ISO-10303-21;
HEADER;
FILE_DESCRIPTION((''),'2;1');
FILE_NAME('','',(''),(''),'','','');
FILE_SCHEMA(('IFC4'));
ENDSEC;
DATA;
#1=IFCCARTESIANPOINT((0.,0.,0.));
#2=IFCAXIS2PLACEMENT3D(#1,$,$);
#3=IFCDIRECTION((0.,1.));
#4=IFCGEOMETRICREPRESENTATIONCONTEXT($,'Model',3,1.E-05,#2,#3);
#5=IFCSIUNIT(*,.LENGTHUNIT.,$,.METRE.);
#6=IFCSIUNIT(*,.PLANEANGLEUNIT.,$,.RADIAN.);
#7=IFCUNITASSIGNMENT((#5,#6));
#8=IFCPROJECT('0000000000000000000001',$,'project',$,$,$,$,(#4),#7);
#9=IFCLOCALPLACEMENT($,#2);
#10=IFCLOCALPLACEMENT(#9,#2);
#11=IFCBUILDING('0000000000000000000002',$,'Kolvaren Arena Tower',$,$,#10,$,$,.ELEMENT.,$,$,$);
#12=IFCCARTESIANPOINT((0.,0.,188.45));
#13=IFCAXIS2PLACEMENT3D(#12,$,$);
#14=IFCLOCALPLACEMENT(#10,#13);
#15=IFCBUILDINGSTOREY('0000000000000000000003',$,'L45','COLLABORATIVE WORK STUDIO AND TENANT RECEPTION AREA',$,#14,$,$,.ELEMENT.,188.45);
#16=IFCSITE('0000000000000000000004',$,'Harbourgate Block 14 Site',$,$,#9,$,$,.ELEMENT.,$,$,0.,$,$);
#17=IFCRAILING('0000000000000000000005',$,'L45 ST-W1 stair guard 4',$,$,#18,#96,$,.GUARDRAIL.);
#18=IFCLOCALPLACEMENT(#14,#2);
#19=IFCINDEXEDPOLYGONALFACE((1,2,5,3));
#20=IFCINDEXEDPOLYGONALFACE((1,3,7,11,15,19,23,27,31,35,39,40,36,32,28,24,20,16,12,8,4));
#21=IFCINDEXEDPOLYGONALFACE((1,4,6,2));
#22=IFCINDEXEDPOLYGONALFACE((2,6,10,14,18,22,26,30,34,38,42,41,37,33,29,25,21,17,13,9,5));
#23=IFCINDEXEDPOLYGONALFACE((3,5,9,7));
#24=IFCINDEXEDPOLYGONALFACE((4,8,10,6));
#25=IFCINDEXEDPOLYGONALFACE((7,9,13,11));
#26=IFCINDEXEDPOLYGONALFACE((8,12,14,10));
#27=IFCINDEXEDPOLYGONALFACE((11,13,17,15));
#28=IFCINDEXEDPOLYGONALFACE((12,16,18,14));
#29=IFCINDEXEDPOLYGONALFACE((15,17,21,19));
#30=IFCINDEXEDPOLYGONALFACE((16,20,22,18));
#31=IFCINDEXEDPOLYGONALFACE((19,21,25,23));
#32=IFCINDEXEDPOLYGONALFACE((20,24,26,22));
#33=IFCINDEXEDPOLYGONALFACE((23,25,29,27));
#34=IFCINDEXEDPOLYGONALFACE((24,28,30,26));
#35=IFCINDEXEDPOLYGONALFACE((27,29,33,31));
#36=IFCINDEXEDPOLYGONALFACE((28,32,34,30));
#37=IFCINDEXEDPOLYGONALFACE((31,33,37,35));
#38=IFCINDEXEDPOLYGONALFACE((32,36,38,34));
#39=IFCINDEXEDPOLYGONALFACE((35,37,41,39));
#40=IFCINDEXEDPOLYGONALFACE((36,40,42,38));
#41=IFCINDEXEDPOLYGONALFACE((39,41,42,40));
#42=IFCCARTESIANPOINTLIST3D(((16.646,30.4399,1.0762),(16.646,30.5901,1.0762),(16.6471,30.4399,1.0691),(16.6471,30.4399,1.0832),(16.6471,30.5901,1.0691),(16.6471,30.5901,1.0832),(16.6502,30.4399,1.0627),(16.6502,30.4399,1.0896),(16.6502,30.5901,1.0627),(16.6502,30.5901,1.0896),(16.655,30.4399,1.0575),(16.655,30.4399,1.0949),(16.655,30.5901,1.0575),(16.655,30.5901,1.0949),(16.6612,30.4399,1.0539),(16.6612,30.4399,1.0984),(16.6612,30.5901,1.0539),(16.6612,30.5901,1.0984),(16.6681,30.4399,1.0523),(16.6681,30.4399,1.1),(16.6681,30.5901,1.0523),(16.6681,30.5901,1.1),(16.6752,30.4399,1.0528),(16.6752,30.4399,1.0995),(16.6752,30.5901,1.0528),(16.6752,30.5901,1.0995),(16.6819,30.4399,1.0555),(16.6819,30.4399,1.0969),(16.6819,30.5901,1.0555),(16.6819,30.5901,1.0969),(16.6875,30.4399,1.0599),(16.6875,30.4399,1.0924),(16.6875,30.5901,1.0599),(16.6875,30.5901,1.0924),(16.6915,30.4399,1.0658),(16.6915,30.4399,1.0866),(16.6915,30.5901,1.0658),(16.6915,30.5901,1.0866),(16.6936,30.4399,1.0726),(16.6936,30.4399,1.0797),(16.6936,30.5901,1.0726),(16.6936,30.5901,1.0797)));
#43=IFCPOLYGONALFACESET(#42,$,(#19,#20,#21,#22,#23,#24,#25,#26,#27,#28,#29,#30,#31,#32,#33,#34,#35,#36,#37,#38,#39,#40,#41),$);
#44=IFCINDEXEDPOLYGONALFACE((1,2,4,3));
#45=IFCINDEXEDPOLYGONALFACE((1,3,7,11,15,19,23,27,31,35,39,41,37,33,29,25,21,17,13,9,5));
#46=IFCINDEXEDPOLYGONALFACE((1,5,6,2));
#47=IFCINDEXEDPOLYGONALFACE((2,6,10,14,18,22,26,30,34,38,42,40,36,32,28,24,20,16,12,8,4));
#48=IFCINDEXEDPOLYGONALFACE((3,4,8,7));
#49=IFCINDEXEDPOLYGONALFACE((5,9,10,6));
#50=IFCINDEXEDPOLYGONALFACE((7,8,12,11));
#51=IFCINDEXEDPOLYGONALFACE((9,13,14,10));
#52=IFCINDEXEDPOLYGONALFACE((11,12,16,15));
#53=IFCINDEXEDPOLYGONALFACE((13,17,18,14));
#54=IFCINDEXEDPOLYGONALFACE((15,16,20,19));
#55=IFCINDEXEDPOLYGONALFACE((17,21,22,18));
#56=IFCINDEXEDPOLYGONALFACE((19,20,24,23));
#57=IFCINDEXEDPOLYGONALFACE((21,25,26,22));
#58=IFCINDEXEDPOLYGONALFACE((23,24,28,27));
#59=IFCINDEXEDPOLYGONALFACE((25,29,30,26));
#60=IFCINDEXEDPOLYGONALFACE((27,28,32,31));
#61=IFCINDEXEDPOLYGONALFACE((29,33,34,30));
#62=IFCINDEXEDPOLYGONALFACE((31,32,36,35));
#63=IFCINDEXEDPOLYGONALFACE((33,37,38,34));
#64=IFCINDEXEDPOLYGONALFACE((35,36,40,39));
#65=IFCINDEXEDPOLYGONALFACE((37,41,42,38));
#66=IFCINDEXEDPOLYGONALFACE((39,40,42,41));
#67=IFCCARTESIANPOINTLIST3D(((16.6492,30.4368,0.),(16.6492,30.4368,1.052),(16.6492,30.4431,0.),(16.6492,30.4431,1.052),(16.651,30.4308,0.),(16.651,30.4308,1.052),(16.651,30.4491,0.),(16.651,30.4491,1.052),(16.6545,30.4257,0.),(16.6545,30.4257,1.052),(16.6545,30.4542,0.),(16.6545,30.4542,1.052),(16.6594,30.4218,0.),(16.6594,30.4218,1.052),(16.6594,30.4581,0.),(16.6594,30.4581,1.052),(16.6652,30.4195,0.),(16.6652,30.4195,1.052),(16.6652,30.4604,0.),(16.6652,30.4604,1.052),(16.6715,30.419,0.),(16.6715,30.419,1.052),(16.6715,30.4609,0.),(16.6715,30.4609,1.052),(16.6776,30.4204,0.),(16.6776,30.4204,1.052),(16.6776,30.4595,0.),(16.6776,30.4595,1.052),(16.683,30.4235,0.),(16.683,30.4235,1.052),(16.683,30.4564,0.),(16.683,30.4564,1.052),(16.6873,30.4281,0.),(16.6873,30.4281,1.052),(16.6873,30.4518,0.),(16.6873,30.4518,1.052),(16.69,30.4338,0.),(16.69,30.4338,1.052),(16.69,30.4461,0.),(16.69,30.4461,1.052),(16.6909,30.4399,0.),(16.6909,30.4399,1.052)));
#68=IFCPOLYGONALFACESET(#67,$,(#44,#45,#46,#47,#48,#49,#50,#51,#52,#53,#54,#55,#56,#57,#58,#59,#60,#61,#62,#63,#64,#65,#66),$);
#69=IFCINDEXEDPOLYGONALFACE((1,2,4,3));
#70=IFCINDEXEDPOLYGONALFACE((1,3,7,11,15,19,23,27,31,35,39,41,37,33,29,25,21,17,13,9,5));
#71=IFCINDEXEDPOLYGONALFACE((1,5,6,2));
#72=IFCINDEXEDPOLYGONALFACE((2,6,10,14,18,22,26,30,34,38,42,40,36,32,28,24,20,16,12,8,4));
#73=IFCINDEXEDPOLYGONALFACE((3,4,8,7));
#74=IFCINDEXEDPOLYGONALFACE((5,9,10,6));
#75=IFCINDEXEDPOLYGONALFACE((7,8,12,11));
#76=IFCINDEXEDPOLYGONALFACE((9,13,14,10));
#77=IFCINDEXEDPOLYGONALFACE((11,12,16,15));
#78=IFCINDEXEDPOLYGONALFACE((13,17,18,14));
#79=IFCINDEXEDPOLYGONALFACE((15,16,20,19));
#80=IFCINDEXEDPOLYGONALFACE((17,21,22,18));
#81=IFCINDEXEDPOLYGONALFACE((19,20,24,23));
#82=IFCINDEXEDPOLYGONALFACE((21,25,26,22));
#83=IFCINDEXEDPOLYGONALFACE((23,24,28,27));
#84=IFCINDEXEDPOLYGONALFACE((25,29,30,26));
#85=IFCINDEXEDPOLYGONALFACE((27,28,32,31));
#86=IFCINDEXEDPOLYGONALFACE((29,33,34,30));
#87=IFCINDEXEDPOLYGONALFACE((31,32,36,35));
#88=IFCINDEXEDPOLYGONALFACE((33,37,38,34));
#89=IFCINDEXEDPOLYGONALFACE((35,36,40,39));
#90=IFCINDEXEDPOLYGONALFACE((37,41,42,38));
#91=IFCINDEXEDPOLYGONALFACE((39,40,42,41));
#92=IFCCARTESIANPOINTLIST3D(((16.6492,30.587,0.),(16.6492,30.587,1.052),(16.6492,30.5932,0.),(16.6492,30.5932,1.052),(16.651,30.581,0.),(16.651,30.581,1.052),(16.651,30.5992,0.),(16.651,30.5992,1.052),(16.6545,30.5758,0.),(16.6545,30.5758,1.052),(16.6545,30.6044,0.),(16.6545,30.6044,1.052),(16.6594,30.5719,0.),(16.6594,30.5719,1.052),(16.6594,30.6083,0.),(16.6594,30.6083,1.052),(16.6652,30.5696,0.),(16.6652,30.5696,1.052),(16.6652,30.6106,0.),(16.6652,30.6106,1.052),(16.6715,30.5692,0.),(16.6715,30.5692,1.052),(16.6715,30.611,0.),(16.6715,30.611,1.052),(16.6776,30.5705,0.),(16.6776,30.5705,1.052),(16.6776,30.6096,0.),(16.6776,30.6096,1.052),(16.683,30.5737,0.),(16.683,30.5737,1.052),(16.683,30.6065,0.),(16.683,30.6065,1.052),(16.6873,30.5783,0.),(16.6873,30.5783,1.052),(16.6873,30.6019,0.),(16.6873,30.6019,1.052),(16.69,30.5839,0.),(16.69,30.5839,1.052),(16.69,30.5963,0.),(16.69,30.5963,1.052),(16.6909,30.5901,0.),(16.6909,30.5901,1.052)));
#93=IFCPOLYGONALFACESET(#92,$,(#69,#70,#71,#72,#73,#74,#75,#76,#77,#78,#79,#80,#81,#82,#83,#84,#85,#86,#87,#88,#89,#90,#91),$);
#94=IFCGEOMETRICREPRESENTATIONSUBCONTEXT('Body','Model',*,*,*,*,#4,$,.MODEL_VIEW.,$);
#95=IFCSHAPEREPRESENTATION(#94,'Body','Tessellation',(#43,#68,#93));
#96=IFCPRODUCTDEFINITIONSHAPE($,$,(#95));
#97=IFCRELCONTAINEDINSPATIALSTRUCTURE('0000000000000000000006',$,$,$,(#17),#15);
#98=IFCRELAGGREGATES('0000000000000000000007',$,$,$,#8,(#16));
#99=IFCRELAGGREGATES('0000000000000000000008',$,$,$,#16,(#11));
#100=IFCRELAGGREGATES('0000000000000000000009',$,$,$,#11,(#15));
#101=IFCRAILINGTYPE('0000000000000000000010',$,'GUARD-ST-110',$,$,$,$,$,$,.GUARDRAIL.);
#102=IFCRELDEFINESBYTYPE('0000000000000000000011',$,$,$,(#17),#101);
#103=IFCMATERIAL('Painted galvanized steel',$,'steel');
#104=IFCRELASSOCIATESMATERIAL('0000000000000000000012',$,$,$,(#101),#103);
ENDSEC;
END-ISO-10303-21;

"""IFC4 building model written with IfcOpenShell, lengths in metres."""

from ifc_helpers import new_model, si_unit, direction, frame, origin, origin_2d, place, context, subcontext, project, spatial, circle, extrude, material, type_object, element, save


model = new_model("IFC4")

# Units and contexts
model_context = context("Model", 3, precision=1e-05, world=origin(), true_north=direction((0.0, 1.0)))
body_context = subcontext(model_context, "Body", "Model", "MODEL_VIEW")
ifc_project = project(units=[si_unit("LENGTHUNIT", "METRE"), si_unit("PLANEANGLEUNIT", "RADIAN")], contexts=[model_context])

# Site, building, storey
site_placement = place(None, origin())
site = spatial("IfcSite", under=ifc_project, at=site_placement, Name="Harbourgate Block 14 Site", CompositionType="ELEMENT", RefElevation=0.0)
building_placement = place(site_placement, origin())
building = spatial("IfcBuilding", under=site, at=building_placement, Name="Kolvaren Arena Tower", CompositionType="ELEMENT")
storey_placement = place(building_placement, frame((0.0, 0.0, 188.45)))
storey = spatial("IfcBuildingStorey", under=building, at=storey_placement, Name="L45", Description="COLLABORATIVE WORK STUDIO AND TENANT RECEPTION AREA", CompositionType="ELEMENT", Elevation=188.45)

# Railing
ifc_material_1 = material(Name="Painted galvanized steel", Category="steel")
railing_type_1 = type_object("IfcRailingType", Name="GUARD-ST-110", PredefinedType="GUARDRAIL", material=ifc_material_1)
railing_1_placement = place(storey_placement, frame((16.6699, 30.4399, 0.0)))
element("IfcRailing", 1, at=railing_1_placement, inside=storey, type_object=railing_type_1, Name="L45 ST-W1 stair guard 4", PredefinedType="GUARDRAIL", context=body_context, shape_type="SweptSolid", body=[
    extrude(circle(Radius=0.0239, at=origin_2d()), frame((0.0, 0.0, 1.0762), z_axis=(0.0, 1.0, 0.0), x_axis=(-1.0, 0.0, 0.0)), (0.0, 0.0, 1.0), 0.1501),
    extrude(circle(Radius=0.021, at=origin_2d()), origin(), (0.0, 0.0, 1.0), 1.052),
    extrude(circle(Radius=0.021, at=origin_2d()), frame((0.0, 0.1501, 0.0)), (0.0, 0.0, 1.0), 1.052),
])

save(model, "model.ifc")
